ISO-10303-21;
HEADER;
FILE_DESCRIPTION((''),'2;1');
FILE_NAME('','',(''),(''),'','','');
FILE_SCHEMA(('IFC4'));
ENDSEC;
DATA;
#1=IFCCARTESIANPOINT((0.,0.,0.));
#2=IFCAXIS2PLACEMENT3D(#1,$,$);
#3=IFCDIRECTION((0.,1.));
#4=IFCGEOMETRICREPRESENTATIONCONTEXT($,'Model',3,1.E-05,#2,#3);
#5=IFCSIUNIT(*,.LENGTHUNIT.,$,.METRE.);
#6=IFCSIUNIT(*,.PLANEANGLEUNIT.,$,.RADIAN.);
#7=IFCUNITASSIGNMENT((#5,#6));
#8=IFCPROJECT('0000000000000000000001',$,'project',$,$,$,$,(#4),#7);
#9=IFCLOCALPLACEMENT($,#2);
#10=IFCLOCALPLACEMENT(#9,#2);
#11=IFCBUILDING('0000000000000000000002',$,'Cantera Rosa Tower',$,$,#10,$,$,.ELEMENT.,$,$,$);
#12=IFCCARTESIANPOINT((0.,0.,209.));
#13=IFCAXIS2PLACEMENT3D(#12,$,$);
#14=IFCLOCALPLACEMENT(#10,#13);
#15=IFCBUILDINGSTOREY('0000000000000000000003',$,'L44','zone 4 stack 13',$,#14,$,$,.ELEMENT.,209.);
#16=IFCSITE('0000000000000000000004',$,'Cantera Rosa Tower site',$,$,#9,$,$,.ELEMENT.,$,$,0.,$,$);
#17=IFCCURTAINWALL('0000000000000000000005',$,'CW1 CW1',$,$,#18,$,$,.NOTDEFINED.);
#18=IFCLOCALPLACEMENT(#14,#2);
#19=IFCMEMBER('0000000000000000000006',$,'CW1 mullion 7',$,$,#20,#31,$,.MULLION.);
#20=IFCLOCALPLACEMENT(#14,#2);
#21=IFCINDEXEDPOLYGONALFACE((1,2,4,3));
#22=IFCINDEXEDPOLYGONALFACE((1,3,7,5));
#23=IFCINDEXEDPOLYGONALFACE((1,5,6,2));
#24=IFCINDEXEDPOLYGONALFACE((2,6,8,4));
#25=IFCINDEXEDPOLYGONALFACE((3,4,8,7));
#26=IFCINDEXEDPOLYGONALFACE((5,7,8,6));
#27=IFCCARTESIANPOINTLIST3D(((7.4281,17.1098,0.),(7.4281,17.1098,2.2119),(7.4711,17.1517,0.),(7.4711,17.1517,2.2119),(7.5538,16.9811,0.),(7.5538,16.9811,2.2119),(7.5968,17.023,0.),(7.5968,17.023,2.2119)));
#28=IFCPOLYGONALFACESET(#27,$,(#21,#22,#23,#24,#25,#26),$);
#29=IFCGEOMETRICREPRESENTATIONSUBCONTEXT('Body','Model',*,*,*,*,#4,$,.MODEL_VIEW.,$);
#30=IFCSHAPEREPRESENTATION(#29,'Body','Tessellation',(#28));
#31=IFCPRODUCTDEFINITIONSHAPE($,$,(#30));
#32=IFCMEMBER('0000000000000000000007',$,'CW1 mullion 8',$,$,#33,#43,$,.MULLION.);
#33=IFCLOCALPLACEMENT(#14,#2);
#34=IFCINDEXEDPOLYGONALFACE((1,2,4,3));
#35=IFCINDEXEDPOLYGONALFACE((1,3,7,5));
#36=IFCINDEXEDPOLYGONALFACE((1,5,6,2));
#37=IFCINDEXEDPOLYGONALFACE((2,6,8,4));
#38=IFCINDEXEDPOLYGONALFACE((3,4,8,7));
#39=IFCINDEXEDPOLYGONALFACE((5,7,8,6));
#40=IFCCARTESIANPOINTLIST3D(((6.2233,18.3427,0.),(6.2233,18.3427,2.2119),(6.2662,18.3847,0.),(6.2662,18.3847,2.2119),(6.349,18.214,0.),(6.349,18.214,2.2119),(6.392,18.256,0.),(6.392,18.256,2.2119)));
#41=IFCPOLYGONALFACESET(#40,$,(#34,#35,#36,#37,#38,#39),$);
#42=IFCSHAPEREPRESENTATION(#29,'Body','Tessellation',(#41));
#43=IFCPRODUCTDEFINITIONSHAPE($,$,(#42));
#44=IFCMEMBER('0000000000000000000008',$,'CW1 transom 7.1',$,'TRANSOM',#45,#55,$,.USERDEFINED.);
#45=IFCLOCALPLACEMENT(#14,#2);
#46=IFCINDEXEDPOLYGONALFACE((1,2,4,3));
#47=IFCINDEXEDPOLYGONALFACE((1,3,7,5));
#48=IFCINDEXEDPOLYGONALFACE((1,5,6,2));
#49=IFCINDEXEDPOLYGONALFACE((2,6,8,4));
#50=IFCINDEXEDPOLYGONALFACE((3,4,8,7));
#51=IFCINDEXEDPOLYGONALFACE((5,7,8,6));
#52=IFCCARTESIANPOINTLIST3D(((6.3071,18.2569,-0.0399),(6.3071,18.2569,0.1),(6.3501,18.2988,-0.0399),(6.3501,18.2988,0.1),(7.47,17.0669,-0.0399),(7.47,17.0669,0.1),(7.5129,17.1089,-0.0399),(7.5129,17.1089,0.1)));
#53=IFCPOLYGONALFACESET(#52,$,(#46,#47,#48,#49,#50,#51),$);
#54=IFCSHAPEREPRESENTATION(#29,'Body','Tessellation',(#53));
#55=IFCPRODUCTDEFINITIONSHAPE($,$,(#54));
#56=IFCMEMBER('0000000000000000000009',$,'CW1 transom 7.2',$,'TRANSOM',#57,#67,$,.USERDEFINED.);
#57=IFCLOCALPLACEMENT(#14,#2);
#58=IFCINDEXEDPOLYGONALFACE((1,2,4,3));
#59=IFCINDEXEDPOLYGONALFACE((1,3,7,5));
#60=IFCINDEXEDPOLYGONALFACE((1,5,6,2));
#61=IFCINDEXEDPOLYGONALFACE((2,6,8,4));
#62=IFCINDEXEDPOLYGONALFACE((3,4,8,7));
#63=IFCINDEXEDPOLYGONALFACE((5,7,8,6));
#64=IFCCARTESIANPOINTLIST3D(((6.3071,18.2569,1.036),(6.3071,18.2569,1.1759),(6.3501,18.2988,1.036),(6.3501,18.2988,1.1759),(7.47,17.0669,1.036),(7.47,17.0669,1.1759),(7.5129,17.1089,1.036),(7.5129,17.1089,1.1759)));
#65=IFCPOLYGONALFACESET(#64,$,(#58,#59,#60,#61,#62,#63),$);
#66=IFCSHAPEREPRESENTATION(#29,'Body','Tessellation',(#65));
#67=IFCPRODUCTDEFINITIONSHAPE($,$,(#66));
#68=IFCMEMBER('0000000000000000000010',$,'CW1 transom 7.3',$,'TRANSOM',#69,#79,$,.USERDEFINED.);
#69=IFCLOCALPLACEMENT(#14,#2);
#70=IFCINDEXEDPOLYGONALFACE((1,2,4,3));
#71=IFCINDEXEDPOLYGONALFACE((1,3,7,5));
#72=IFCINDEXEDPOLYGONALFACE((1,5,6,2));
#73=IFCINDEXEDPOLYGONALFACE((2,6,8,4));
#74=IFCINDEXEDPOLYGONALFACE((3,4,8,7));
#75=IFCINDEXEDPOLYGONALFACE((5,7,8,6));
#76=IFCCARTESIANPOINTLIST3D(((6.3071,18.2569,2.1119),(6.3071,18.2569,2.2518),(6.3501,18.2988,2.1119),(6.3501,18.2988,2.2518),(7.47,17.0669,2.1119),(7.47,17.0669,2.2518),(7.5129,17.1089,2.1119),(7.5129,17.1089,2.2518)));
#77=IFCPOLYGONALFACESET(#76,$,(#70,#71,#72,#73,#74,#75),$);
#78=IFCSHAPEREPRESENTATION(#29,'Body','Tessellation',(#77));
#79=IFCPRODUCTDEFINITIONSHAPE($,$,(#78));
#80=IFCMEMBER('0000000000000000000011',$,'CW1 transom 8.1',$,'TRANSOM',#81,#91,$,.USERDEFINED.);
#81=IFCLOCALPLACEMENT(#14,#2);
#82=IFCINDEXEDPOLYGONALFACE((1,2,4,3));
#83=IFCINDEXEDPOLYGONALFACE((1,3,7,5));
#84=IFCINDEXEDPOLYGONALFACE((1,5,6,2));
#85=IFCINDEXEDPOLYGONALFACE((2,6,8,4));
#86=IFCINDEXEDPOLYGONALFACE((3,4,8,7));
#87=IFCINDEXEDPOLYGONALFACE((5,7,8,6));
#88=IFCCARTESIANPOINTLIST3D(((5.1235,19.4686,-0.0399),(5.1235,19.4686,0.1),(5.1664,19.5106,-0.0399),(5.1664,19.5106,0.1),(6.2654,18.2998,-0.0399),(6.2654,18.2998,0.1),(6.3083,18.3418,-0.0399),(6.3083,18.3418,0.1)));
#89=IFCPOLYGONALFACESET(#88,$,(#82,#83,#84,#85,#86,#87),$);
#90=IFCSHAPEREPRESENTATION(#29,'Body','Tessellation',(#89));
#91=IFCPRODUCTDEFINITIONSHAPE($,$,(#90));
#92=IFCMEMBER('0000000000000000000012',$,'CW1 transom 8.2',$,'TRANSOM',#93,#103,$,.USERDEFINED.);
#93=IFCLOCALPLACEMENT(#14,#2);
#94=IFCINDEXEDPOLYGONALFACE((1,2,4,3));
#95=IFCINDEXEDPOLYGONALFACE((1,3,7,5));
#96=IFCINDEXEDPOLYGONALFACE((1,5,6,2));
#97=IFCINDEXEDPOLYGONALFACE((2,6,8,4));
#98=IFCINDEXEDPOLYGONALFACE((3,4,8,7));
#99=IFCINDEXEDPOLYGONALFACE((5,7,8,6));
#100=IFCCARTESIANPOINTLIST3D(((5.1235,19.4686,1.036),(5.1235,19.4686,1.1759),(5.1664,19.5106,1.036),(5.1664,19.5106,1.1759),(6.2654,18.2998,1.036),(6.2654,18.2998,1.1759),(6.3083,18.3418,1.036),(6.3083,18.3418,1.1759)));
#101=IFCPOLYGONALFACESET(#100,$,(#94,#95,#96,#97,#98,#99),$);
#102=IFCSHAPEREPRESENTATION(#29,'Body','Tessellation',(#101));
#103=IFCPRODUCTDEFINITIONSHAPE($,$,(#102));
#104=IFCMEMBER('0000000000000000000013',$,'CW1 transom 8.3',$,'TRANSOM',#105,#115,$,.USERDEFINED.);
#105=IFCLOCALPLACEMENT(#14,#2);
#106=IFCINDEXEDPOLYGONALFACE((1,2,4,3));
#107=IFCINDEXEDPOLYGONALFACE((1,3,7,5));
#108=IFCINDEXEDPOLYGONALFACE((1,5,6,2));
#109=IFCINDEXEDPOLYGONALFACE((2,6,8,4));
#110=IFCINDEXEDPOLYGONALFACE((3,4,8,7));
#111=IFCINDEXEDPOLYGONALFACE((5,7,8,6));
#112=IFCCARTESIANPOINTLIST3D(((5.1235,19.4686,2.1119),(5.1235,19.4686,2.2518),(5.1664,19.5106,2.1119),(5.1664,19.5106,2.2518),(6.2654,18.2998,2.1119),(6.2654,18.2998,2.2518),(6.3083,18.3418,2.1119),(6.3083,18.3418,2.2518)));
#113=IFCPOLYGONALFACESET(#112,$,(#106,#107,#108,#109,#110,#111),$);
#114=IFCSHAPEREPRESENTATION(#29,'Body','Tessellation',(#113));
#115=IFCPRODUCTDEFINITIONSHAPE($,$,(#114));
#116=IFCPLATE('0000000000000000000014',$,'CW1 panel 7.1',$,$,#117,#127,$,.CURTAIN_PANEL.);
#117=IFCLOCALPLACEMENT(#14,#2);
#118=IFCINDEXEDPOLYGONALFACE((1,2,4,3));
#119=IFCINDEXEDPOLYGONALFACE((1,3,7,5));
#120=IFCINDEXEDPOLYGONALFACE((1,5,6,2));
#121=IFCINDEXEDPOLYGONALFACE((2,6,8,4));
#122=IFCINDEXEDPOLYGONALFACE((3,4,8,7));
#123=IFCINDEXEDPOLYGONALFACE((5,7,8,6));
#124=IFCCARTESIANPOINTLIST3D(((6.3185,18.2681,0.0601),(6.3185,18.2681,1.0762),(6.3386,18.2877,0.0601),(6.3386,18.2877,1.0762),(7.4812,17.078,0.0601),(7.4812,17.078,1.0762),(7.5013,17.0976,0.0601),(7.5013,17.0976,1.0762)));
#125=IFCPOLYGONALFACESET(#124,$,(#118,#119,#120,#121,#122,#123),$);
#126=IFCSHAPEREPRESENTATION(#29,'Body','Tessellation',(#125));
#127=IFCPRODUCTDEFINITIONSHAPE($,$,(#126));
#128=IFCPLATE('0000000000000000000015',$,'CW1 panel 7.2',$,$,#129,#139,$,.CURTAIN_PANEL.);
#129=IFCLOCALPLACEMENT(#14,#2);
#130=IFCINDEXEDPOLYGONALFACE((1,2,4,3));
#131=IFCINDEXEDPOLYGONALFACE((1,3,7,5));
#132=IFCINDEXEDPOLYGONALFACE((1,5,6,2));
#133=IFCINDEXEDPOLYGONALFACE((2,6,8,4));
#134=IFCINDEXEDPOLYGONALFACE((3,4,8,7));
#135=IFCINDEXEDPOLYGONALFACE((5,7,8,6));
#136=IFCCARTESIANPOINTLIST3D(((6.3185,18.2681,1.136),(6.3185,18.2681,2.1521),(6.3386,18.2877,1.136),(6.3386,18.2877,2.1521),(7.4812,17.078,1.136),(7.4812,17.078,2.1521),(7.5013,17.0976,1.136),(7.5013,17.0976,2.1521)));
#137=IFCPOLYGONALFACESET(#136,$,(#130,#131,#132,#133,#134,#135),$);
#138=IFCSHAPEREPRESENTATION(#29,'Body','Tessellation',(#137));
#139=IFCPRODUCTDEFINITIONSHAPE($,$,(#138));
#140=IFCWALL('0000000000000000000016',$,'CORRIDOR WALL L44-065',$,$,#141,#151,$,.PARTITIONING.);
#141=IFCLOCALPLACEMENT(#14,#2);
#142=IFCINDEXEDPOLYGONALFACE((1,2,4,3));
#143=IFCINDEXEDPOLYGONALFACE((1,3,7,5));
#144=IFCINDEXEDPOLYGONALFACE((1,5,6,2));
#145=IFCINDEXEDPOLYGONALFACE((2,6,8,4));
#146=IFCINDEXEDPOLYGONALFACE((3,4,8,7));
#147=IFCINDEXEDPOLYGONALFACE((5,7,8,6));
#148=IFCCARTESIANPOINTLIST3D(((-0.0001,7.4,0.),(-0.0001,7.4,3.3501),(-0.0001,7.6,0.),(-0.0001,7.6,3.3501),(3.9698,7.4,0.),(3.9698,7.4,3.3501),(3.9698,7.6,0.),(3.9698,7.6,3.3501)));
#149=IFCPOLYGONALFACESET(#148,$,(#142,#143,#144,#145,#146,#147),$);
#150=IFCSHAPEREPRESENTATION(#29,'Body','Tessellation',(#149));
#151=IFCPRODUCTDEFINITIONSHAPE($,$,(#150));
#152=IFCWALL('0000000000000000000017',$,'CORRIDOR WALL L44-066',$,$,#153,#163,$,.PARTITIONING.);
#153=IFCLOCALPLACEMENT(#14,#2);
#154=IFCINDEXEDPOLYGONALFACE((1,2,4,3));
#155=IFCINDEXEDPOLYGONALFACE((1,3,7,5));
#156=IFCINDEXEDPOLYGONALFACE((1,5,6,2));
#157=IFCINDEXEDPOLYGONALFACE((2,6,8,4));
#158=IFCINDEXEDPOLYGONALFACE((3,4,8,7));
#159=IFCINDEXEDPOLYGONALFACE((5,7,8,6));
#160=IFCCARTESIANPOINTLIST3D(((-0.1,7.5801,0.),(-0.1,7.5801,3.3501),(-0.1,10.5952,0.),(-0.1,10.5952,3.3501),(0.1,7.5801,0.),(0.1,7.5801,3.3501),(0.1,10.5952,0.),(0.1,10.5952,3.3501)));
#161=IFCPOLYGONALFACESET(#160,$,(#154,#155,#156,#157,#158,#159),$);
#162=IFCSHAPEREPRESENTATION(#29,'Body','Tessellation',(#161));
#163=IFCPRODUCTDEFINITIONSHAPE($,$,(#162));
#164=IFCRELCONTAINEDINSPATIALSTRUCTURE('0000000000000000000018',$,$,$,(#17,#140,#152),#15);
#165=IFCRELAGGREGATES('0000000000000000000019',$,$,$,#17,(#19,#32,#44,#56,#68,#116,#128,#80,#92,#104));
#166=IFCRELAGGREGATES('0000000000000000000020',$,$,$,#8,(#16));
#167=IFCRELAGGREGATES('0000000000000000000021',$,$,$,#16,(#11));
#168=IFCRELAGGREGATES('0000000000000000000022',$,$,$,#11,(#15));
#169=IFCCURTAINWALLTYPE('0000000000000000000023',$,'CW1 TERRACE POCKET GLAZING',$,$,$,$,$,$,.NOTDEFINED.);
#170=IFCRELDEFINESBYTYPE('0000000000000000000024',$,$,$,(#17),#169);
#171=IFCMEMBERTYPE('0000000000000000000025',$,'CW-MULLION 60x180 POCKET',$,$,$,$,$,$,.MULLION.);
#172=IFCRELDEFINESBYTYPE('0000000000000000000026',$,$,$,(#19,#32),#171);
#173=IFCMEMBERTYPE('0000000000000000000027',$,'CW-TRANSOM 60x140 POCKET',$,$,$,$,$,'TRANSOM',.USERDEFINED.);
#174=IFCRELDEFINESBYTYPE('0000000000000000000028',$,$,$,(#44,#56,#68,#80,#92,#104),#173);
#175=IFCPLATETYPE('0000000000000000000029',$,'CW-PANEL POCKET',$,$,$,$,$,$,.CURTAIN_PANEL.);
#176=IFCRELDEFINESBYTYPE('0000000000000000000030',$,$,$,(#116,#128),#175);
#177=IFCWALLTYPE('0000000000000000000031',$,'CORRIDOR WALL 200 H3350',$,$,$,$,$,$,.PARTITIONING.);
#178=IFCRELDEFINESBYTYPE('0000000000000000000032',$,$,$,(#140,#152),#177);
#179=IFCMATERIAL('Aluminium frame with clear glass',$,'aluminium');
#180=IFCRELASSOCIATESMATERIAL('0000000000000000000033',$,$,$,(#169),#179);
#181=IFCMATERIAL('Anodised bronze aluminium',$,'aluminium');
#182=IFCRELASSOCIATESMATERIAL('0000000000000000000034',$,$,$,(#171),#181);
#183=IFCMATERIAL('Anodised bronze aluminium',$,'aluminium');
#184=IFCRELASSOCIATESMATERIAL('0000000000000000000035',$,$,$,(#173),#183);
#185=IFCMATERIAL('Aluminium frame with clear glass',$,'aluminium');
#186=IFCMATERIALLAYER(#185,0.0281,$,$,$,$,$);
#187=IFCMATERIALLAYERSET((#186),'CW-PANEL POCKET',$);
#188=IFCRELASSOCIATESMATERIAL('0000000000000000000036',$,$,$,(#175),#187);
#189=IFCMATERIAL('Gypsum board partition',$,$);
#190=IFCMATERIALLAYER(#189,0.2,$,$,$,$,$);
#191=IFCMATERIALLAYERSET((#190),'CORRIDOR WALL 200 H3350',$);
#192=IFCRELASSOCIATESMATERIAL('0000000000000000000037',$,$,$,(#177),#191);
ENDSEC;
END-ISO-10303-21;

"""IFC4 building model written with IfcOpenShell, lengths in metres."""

from ifc_helpers import new_model, si_unit, direction, frame, frame_2d, origin, origin_2d, place, context, subcontext, project, spatial, rectangle, extrude, material, layer, layer_set, material_profile, profile_set, type_object, element, aggregate, save


model = new_model("IFC4")

# Units and contexts
model_context = context("Model", 3, precision=1e-05, world=origin(), true_north=direction((0.0, 1.0)))
body_context = subcontext(model_context, "Body", "Model", "MODEL_VIEW")
ifc_project = project(units=[si_unit("LENGTHUNIT", "METRE"), si_unit("PLANEANGLEUNIT", "RADIAN")], contexts=[model_context])

# Site, building, storey
site_placement = place(None, origin())
site = spatial("IfcSite", under=ifc_project, at=site_placement, Name="Cantera Rosa Tower site", CompositionType="ELEMENT", RefElevation=0.0)
building_placement = place(site_placement, origin())
building = spatial("IfcBuilding", under=site, at=building_placement, Name="Cantera Rosa Tower", CompositionType="ELEMENT")
storey_placement = place(building_placement, frame((0.0, 0.0, 209.0)))
storey = spatial("IfcBuildingStorey", under=building, at=storey_placement, Name="L44", Description="zone 4 stack 13", CompositionType="ELEMENT", Elevation=209.0)

# Curtain wall, members, plates
ifc_material_1 = material(Name="Aluminium frame with clear glass", Category="aluminium")
curtain_wall_type = type_object("IfcCurtainWallType", Name="CW1 TERRACE POCKET GLAZING", PredefinedType="NOTDEFINED", material=ifc_material_1)
curtain_wall_placement = place(storey_placement, origin())
curtain_wall = element("IfcCurtainWall", 1, at=curtain_wall_placement, inside=storey, type_object=curtain_wall_type, Name="CW1 CW1", PredefinedType="NOTDEFINED")
ifc_material_2 = material(Name="Anodised bronze aluminium", Category="aluminium")
ifc_material_profile_1 = material_profile(ifc_material_2, rectangle(XDim=0.0601, YDim=0.1799, at=origin_2d()), Name="CW-MULLION 60x180 POCKET")
ifc_profile_set_1 = profile_set([ifc_material_profile_1], Name="Anodised bronze aluminium")
member_type_1 = type_object("IfcMemberType", Name="CW-MULLION 60x180 POCKET", PredefinedType="MULLION", material=ifc_profile_set_1)
member_1_placement = place(storey_placement, frame((7.5125, 17.0664, 0.0), z_axis=(0.0, 0.0, 1.0), x_axis=(-0.715286, -0.698832, 0.0)))
member_1 = element("IfcMember", 2, at=member_1_placement, type_object=member_type_1, Name="CW1 mullion 7", PredefinedType="MULLION", context=body_context, shape_type="SweptSolid", body=[
    extrude(rectangle(XDim=0.0601, YDim=0.1799, at=origin_2d()), origin(), (0.0, 0.0, 1.0), 2.2119),
])
member_2_placement = place(storey_placement, frame((6.3076, 18.2993, 0.0), z_axis=(0.0, 0.0, 1.0), x_axis=(-0.715286, -0.698832, 0.0)))
member_2 = element("IfcMember", 3, at=member_2_placement, type_object=member_type_1, Name="CW1 mullion 8", PredefinedType="MULLION", context=body_context, shape_type="SweptSolid", body=[
    extrude(rectangle(XDim=0.0601, YDim=0.1799, at=origin_2d()), origin(), (0.0, 0.0, 1.0), 2.2119),
])
ifc_material_3 = material(Name="Anodised bronze aluminium", Category="aluminium")
ifc_material_profile_2 = material_profile(ifc_material_3, rectangle(XDim=0.0601, YDim=0.1399, at=origin_2d()), Name="CW-TRANSOM 60x140 POCKET")
ifc_profile_set_2 = profile_set([ifc_material_profile_2], Name="Anodised bronze aluminium")
member_type_2 = type_object("IfcMemberType", Name="CW-TRANSOM 60x140 POCKET", ElementType="TRANSOM", PredefinedType="USERDEFINED", material=ifc_profile_set_2)
member_3_placement = place(storey_placement, frame((7.4915, 17.0879, 0.03), z_axis=(-0.698916, 0.715204, 0.0), x_axis=(-0.715204, -0.698916, 0.0)))
member_3 = element("IfcMember", 4, at=member_3_placement, type_object=member_type_2, Name="CW1 transom 7.1", ObjectType="TRANSOM", PredefinedType="USERDEFINED", context=body_context, shape_type="SweptSolid", body=[
    extrude(rectangle(XDim=0.0601, YDim=0.1399, at=origin_2d()), origin(), (0.0, 0.0, 1.0), 1.6638),
])
member_4_placement = place(storey_placement, frame((7.4915, 17.0879, 1.106), z_axis=(-0.698916, 0.715204, 0.0), x_axis=(-0.715204, -0.698916, 0.0)))
member_4 = element("IfcMember", 5, at=member_4_placement, type_object=member_type_2, Name="CW1 transom 7.2", ObjectType="TRANSOM", PredefinedType="USERDEFINED", context=body_context, shape_type="SweptSolid", body=[
    extrude(rectangle(XDim=0.0601, YDim=0.1399, at=origin_2d()), origin(), (0.0, 0.0, 1.0), 1.6638),
])
member_5_placement = place(storey_placement, frame((7.4915, 17.0879, 2.1819), z_axis=(-0.698916, 0.715204, 0.0), x_axis=(-0.715204, -0.698916, 0.0)))
member_5 = element("IfcMember", 6, at=member_5_placement, type_object=member_type_2, Name="CW1 transom 7.3", ObjectType="TRANSOM", PredefinedType="USERDEFINED", context=body_context, shape_type="SweptSolid", body=[
    extrude(rectangle(XDim=0.0601, YDim=0.1399, at=origin_2d()), origin(), (0.0, 0.0, 1.0), 1.6638),
])
member_6_placement = place(storey_placement, frame((6.2869, 18.3208, 0.03), z_axis=(-0.698841, 0.715277, 0.0), x_axis=(-0.715277, -0.698841, 0.0)))
member_6 = element("IfcMember", 7, at=member_6_placement, type_object=member_type_2, Name="CW1 transom 8.1", ObjectType="TRANSOM", PredefinedType="USERDEFINED", context=body_context, shape_type="SweptSolid", body=[
    extrude(rectangle(XDim=0.0601, YDim=0.1399, at=origin_2d()), origin(), (0.0, 0.0, 1.0), 1.634),
])
member_7_placement = place(storey_placement, frame((6.2869, 18.3208, 1.106), z_axis=(-0.698841, 0.715277, 0.0), x_axis=(-0.715277, -0.698841, 0.0)))
member_7 = element("IfcMember", 8, at=member_7_placement, type_object=member_type_2, Name="CW1 transom 8.2", ObjectType="TRANSOM", PredefinedType="USERDEFINED", context=body_context, shape_type="SweptSolid", body=[
    extrude(rectangle(XDim=0.0601, YDim=0.1399, at=origin_2d()), origin(), (0.0, 0.0, 1.0), 1.634),
])
member_8_placement = place(storey_placement, frame((6.2869, 18.3208, 2.1819), z_axis=(-0.698841, 0.715277, 0.0), x_axis=(-0.715277, -0.698841, 0.0)))
member_8 = element("IfcMember", 9, at=member_8_placement, type_object=member_type_2, Name="CW1 transom 8.3", ObjectType="TRANSOM", PredefinedType="USERDEFINED", context=body_context, shape_type="SweptSolid", body=[
    extrude(rectangle(XDim=0.0601, YDim=0.1399, at=origin_2d()), origin(), (0.0, 0.0, 1.0), 1.634),
])
ifc_material_4 = material(Name="Aluminium frame with clear glass", Category="aluminium")
ifc_layer_1 = layer(ifc_material_4, 0.0281)
ifc_layer_set_1 = layer_set([ifc_layer_1], Name="CW-PANEL POCKET")
plate_type = type_object("IfcPlateType", Name="CW-PANEL POCKET", PredefinedType="CURTAIN_PANEL", material=ifc_layer_set_1)
plate_1_placement = place(storey_placement, frame((6.9099, 17.6829, 0.0601), z_axis=(0.0, 0.0, 1.0), x_axis=(-0.698832, 0.715286, 0.0)))
plate_1 = element("IfcPlate", 10, at=plate_1_placement, type_object=plate_type, Name="CW1 panel 7.1", PredefinedType="CURTAIN_PANEL", context=body_context, shape_type="SweptSolid", body=[
    extrude(rectangle(XDim=1.6638, YDim=0.0281, at=origin_2d()), origin(), (0.0, 0.0, 1.0), 1.0161),
])
plate_2_placement = place(storey_placement, frame((6.9099, 17.6829, 1.136), z_axis=(0.0, 0.0, 1.0), x_axis=(-0.698832, 0.715286, 0.0)))
plate_2 = element("IfcPlate", 11, at=plate_2_placement, type_object=plate_type, Name="CW1 panel 7.2", PredefinedType="CURTAIN_PANEL", context=body_context, shape_type="SweptSolid", body=[
    extrude(rectangle(XDim=1.6638, YDim=0.0281, at=origin_2d()), origin(), (0.0, 0.0, 1.0), 1.0161),
])
aggregate(curtain_wall, [member_1, member_2, member_3, member_4, member_5, plate_1, plate_2, member_6, member_7, member_8])

# Walls
ifc_material_5 = material(Name="Gypsum board partition")
ifc_layer_2 = layer(ifc_material_5, 0.2)
ifc_layer_set_2 = layer_set([ifc_layer_2], Name="CORRIDOR WALL 200 H3350")
wall_type_1 = type_object("IfcWallType", Name="CORRIDOR WALL 200 H3350", PredefinedType="PARTITIONING", material=ifc_layer_set_2)
wall_1_placement = place(storey_placement, frame((0.0, 7.5, 0.0), z_axis=(0.0, 0.0, 1.0), x_axis=(1.0, 0.0, 0.0)))
element("IfcWall", 12, at=wall_1_placement, inside=storey, type_object=wall_type_1, Name="CORRIDOR WALL L44-065", PredefinedType="PARTITIONING", context=body_context, shape_type="SweptSolid", body=[
    extrude(rectangle(XDim=3.97, YDim=0.2, at=frame_2d((1.9849, 0.0))), origin(), (0.0, 0.0, 1.0), 3.3501),
])
wall_2_placement = place(storey_placement, frame((0.0, 10.5952, 0.0), z_axis=(0.0, 0.0, 1.0), x_axis=(0.0, -1.0, 0.0)))
element("IfcWall", 13, at=wall_2_placement, inside=storey, type_object=wall_type_1, Name="CORRIDOR WALL L44-066", PredefinedType="PARTITIONING", context=body_context, shape_type="SweptSolid", body=[
    extrude(rectangle(XDim=3.0151, YDim=0.2, at=frame_2d((1.5076, 0.0))), origin(), (0.0, 0.0, 1.0), 3.3501),
])

save(model, "model.ifc")
